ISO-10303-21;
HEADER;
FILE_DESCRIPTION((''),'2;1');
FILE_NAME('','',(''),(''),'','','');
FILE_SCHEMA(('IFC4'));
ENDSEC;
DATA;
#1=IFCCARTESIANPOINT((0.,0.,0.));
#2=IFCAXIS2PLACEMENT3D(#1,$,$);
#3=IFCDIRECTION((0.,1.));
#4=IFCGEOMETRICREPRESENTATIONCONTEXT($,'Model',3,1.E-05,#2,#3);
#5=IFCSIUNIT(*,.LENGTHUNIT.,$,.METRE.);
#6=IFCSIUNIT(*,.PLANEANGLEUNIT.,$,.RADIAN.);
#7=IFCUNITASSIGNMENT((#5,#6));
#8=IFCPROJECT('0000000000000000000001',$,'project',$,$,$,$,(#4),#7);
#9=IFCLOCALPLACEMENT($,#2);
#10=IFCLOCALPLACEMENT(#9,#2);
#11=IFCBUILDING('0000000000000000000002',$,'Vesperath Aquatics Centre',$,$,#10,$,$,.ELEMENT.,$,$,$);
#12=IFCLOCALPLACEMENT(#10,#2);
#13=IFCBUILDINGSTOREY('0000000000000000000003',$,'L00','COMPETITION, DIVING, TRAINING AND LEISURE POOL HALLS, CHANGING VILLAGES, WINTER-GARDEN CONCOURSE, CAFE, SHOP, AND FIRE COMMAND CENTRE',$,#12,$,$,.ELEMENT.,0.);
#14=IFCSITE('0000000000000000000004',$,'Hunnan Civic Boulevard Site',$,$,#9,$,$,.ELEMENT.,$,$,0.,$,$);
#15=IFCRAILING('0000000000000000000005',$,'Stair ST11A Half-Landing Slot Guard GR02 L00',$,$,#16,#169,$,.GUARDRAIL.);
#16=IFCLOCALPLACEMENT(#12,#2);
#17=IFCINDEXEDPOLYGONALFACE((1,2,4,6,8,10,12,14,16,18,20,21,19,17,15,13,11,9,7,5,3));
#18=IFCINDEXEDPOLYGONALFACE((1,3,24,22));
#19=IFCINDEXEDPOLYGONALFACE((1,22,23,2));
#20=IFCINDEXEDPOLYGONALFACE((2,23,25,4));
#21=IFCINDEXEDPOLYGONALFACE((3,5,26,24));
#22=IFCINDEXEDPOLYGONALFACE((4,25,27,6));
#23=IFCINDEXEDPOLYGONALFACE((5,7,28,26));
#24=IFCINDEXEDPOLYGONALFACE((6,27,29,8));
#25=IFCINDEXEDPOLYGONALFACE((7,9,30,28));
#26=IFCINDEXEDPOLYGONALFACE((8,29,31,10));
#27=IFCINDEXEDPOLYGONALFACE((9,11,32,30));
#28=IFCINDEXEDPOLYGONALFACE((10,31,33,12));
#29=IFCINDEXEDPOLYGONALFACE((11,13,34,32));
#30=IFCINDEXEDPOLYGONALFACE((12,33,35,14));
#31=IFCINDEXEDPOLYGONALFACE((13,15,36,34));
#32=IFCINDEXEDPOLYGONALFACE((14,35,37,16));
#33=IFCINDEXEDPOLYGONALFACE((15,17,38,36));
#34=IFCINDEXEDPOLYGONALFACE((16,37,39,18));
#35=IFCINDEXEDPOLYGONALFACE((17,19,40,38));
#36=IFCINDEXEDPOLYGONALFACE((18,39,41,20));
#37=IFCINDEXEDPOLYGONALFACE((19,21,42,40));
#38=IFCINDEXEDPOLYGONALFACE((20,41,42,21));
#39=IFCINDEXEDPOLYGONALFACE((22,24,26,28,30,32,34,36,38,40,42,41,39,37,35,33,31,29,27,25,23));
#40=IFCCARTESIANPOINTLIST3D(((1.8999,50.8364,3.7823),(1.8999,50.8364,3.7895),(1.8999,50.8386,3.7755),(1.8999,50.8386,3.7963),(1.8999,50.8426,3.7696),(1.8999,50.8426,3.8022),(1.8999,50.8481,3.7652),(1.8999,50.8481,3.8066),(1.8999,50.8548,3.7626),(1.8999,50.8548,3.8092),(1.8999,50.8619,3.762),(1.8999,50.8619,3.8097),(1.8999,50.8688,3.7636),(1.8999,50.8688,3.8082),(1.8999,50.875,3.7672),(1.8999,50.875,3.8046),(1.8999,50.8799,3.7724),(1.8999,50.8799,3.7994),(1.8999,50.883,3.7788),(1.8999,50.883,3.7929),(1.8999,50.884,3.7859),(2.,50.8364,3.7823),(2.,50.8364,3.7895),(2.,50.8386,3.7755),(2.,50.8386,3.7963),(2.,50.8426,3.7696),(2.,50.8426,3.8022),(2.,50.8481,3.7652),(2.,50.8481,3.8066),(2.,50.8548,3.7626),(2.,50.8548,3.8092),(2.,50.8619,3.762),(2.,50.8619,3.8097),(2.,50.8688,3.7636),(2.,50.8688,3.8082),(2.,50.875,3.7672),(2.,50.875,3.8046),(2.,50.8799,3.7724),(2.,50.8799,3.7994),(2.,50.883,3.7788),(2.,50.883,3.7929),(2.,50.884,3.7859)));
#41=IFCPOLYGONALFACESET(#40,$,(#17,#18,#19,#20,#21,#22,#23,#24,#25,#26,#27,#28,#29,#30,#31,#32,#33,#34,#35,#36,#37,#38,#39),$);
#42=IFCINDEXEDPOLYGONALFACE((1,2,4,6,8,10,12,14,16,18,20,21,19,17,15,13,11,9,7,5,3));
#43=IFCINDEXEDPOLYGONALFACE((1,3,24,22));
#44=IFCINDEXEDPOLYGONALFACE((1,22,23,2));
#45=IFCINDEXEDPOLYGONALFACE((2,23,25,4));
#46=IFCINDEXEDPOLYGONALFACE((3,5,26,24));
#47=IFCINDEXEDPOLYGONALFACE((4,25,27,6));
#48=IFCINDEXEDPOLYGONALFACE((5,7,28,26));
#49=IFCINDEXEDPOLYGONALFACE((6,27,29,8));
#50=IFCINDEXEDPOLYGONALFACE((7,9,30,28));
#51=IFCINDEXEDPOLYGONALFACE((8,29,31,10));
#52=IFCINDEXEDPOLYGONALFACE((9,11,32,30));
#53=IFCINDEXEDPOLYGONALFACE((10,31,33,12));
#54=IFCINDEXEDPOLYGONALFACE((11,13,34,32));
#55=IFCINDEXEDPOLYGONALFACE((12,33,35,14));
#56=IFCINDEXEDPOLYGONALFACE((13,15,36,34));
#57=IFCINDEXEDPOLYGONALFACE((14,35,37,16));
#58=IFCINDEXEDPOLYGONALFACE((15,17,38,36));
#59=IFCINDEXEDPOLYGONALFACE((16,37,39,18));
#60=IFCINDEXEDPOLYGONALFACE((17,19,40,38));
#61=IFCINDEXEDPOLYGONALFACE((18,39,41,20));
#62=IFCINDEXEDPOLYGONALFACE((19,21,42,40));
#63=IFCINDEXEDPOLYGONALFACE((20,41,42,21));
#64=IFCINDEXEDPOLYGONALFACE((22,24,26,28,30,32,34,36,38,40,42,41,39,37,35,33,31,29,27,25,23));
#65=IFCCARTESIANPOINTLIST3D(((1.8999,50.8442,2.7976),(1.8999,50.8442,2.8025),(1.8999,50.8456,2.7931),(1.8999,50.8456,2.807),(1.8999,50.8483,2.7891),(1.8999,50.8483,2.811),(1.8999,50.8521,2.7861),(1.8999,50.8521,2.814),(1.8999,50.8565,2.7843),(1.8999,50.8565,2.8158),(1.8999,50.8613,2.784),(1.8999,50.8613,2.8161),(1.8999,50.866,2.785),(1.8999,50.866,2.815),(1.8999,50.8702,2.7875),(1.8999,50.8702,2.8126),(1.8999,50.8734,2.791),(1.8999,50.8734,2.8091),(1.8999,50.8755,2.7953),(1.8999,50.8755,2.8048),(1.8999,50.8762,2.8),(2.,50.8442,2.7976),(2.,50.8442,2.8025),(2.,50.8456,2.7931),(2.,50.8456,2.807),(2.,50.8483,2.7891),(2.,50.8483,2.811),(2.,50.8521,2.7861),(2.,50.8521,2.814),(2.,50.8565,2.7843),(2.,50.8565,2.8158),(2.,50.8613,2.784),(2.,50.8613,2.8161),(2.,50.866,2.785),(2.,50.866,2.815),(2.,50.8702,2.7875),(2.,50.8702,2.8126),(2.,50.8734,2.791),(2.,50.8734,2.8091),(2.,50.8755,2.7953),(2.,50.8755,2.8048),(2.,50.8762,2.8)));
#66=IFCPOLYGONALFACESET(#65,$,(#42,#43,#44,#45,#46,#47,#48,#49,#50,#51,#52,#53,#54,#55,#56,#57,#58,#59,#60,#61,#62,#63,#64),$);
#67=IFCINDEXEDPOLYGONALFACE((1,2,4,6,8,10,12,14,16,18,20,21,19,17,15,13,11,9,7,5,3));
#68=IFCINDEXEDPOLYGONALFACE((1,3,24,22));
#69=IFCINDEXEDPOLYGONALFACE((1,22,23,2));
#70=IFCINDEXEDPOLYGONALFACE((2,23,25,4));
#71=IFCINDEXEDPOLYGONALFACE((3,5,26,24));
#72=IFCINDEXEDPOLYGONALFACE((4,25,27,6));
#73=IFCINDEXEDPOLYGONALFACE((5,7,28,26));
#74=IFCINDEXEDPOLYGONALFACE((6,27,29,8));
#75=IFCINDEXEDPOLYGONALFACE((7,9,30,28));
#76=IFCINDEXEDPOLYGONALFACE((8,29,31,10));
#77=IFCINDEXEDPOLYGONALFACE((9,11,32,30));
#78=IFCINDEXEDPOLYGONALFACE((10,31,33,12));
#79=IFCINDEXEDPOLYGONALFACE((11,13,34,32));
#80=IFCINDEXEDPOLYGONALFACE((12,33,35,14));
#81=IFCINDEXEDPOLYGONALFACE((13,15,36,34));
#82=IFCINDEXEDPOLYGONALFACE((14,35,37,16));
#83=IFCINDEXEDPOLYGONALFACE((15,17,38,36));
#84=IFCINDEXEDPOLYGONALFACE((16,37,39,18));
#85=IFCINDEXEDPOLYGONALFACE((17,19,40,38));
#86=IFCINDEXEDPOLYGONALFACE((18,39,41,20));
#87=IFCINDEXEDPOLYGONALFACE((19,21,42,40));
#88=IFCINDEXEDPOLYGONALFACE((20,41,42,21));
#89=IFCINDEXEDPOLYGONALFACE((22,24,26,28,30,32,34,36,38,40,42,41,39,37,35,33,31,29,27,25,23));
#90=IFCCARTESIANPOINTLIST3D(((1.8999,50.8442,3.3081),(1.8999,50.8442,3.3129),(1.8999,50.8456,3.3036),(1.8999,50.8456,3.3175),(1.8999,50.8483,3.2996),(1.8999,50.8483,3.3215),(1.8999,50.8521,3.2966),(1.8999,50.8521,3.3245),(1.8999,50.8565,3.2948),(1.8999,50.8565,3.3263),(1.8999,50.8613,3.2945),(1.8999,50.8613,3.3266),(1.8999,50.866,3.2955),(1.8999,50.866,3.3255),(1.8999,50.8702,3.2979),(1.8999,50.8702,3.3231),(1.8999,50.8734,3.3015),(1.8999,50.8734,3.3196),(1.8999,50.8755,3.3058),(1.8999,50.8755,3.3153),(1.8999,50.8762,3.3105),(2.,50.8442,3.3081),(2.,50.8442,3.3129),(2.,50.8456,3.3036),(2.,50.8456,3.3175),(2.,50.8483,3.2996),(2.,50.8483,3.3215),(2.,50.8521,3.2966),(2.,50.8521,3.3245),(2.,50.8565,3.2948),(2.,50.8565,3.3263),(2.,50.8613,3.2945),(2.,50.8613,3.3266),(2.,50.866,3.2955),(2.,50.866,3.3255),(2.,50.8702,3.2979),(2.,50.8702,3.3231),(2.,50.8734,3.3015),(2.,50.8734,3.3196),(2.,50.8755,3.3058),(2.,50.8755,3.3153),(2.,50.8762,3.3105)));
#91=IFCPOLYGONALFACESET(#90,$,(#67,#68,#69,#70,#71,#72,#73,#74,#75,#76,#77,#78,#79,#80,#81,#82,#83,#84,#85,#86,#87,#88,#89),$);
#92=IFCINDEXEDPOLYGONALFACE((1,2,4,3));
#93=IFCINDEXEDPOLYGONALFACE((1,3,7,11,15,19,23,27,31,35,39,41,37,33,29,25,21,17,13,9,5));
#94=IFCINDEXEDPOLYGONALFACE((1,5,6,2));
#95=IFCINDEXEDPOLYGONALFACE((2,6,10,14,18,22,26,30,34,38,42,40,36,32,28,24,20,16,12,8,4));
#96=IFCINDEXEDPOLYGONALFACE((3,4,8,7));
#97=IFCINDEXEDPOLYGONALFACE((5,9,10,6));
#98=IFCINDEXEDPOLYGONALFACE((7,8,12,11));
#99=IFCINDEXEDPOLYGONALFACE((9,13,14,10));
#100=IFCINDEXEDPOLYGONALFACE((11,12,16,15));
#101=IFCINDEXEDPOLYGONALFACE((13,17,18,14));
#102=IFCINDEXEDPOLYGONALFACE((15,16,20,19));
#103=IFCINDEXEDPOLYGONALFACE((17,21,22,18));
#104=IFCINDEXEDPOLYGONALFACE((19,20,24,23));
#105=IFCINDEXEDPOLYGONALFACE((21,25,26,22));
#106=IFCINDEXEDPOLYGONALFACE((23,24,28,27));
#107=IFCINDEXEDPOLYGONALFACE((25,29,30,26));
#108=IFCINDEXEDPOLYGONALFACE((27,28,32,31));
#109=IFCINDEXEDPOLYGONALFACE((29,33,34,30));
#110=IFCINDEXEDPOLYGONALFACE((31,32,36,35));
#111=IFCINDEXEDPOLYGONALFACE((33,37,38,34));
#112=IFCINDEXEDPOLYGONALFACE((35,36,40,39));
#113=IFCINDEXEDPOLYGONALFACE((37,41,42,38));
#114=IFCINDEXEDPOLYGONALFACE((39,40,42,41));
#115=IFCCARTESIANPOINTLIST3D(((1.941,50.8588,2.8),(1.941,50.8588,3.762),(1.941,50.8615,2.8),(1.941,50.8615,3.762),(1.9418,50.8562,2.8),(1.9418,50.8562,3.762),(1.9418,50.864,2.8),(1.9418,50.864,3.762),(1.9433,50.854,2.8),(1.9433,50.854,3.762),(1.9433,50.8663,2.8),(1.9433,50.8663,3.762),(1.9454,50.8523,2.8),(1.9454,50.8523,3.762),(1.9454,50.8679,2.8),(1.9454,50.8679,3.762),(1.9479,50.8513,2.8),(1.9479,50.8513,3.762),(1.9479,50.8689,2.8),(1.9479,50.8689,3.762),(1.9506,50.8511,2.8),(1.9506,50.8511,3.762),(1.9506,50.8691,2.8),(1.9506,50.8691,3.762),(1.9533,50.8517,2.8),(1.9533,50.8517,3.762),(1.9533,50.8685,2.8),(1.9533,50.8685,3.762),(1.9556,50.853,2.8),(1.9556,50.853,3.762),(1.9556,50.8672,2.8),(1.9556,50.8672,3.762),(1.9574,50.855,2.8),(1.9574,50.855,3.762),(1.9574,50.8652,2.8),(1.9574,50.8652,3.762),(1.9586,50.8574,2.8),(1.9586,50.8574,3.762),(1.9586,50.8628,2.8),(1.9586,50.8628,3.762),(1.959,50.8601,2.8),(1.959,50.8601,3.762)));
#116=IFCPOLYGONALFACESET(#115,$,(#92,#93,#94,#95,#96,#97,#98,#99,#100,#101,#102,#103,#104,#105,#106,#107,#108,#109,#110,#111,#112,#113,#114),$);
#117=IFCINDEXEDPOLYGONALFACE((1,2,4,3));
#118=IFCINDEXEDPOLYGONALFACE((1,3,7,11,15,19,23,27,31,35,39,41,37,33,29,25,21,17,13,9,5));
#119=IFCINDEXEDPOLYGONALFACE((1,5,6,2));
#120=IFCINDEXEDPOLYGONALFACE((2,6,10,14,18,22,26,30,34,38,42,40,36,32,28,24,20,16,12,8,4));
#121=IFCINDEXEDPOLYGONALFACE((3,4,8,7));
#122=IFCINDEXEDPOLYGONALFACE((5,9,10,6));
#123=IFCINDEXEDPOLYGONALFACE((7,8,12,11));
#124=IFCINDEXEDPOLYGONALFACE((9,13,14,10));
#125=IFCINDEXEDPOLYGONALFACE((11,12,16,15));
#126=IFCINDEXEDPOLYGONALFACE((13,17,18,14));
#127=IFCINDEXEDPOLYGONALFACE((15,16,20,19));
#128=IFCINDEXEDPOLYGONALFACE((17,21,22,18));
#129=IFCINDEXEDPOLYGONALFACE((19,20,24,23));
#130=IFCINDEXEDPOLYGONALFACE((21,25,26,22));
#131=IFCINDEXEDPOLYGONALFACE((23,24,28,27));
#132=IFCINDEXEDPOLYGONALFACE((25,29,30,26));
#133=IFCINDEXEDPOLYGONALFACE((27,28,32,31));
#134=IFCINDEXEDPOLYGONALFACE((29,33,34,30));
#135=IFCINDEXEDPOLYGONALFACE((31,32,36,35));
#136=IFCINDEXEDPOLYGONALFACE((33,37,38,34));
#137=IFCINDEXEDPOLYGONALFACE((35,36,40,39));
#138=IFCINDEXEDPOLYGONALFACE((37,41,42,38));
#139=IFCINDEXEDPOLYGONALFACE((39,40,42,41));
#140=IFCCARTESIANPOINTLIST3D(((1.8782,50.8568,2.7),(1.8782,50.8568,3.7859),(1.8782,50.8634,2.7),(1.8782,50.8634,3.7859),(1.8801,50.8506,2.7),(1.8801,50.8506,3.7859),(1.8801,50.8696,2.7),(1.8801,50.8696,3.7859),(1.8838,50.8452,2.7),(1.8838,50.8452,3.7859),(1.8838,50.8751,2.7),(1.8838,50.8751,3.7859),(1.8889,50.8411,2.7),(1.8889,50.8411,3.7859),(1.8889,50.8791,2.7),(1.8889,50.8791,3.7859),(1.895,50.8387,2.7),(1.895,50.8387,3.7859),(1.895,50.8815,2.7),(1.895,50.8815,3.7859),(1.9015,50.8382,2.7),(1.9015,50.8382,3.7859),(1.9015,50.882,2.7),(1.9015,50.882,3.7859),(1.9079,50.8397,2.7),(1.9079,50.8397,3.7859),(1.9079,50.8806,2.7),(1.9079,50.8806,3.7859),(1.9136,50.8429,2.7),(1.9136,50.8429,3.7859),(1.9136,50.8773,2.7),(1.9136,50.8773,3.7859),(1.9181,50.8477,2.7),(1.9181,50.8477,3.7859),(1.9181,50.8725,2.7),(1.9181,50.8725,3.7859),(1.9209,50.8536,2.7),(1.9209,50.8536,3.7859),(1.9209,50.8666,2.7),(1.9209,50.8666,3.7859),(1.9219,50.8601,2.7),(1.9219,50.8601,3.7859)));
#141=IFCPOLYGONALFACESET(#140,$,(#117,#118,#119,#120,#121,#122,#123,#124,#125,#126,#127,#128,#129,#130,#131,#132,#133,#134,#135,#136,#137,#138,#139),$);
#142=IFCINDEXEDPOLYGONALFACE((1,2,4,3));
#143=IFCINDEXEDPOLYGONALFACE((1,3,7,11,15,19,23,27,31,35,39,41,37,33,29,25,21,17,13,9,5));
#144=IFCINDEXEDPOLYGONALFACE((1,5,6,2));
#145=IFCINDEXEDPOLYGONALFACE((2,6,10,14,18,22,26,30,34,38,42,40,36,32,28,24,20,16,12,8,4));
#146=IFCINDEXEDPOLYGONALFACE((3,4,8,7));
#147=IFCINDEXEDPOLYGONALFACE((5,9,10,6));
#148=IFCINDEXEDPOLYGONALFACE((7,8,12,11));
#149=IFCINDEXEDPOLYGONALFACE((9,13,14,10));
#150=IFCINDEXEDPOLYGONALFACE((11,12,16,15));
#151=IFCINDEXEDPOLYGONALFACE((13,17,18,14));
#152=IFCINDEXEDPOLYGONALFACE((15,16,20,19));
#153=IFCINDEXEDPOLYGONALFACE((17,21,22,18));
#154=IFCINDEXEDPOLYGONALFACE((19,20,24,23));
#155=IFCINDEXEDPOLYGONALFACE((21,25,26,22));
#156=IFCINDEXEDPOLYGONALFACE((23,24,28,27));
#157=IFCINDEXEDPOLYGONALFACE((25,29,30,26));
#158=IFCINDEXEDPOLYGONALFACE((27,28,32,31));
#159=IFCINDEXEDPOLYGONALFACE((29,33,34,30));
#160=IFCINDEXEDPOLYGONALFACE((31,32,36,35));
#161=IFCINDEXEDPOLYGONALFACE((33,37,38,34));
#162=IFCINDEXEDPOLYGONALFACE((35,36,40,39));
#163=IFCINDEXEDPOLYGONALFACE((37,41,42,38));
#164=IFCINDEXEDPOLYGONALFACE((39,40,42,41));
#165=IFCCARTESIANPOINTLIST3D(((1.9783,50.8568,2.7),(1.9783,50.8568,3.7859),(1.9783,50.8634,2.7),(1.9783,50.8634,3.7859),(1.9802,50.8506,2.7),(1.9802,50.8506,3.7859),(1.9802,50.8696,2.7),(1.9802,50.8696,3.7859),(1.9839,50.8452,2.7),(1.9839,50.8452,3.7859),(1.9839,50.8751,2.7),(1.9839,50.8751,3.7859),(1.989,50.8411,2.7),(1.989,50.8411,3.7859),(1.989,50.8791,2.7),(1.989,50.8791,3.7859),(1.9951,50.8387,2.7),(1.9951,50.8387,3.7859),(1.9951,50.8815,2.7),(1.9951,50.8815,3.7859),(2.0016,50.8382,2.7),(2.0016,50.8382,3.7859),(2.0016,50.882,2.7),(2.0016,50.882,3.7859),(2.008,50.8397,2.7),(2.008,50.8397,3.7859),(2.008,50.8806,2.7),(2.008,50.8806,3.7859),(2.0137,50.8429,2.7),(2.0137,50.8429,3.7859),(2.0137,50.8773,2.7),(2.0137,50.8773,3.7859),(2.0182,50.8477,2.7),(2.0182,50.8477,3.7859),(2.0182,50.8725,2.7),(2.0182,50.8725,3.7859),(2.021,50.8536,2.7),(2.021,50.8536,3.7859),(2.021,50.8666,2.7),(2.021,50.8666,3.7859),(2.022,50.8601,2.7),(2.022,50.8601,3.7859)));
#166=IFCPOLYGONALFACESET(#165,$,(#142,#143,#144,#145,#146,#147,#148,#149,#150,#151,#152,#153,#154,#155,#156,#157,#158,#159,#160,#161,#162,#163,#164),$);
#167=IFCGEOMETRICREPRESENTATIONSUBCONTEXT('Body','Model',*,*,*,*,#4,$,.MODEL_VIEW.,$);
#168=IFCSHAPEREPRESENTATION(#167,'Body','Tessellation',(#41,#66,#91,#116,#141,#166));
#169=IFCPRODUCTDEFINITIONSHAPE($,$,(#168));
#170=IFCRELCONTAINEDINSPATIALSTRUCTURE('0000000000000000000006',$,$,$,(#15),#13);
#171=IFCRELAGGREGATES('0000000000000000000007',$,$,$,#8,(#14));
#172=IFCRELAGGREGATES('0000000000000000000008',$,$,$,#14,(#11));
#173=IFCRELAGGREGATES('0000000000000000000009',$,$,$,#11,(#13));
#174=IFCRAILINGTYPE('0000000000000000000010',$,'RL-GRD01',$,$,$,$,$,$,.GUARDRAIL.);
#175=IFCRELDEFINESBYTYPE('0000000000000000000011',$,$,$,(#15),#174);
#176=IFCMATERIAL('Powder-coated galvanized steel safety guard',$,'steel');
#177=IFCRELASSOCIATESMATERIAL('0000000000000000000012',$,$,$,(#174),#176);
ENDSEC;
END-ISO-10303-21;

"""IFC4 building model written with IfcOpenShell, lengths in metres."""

from ifc_helpers import new_model, si_unit, direction, frame, origin, origin_2d, place, context, subcontext, project, spatial, circle, extrude, material, type_object, element, save


model = new_model("IFC4")

# Units and contexts
model_context = context("Model", 3, precision=1e-05, world=origin(), true_north=direction((0.0, 1.0)))
body_context = subcontext(model_context, "Body", "Model", "MODEL_VIEW")
ifc_project = project(units=[si_unit("LENGTHUNIT", "METRE"), si_unit("PLANEANGLEUNIT", "RADIAN")], contexts=[model_context])

# Site, building, storey
site_placement = place(None, origin())
site = spatial("IfcSite", under=ifc_project, at=site_placement, Name="Hunnan Civic Boulevard Site", CompositionType="ELEMENT", RefElevation=0.0)
building_placement = place(site_placement, origin())
building = spatial("IfcBuilding", under=site, at=building_placement, Name="Vesperath Aquatics Centre", CompositionType="ELEMENT")
storey_placement = place(building_placement, origin())
storey = spatial("IfcBuildingStorey", under=building, at=storey_placement, Name="L00", Description="COMPETITION, DIVING, TRAINING AND LEISURE POOL HALLS, CHANGING VILLAGES, WINTER-GARDEN CONCOURSE, CAFE, SHOP, AND FIRE COMMAND CENTRE", CompositionType="ELEMENT", Elevation=0.0)

# Railing
ifc_material_1 = material(Name="Powder-coated galvanized steel safety guard", Category="steel")
railing_type_1 = type_object("IfcRailingType", Name="RL-GRD01", PredefinedType="GUARDRAIL", material=ifc_material_1)
railing_1_placement = place(storey_placement, frame((1.8999, 50.8601, 2.7)))
element("IfcRailing", 1, at=railing_1_placement, inside=storey, type_object=railing_type_1, Name="Stair ST11A Half-Landing Slot Guard GR02 L00", PredefinedType="GUARDRAIL", context=body_context, shape_type="SweptSolid", body=[
    extrude(circle(Radius=0.0239, at=origin_2d()), frame((0.0, 0.0, 1.0859), z_axis=(1.0, 0.0, 0.0), x_axis=(0.0, 1.0, 0.0)), (0.0, 0.0, 1.0), 0.1001),
    extrude(circle(Radius=0.0161, at=origin_2d()), frame((0.0, 0.0, 0.1001), z_axis=(1.0, 0.0, 0.0), x_axis=(0.0, 1.0, 0.0)), (0.0, 0.0, 1.0), 0.1001),
    extrude(circle(Radius=0.0161, at=origin_2d()), frame((0.0, 0.0, 0.6106), z_axis=(1.0, 0.0, 0.0), x_axis=(0.0, 1.0, 0.0)), (0.0, 0.0, 1.0), 0.1001),
    extrude(circle(Radius=0.009, at=origin_2d()), frame((0.05, 0.0, 0.1001)), (0.0, 0.0, 1.0), 0.9619),
    extrude(circle(Radius=0.022, at=origin_2d()), origin(), (0.0, 0.0, 1.0), 1.0859),
    extrude(circle(Radius=0.022, at=origin_2d()), frame((0.1001, 0.0, 0.0)), (0.0, 0.0, 1.0), 1.0859),
])

save(model, "model.ifc")
